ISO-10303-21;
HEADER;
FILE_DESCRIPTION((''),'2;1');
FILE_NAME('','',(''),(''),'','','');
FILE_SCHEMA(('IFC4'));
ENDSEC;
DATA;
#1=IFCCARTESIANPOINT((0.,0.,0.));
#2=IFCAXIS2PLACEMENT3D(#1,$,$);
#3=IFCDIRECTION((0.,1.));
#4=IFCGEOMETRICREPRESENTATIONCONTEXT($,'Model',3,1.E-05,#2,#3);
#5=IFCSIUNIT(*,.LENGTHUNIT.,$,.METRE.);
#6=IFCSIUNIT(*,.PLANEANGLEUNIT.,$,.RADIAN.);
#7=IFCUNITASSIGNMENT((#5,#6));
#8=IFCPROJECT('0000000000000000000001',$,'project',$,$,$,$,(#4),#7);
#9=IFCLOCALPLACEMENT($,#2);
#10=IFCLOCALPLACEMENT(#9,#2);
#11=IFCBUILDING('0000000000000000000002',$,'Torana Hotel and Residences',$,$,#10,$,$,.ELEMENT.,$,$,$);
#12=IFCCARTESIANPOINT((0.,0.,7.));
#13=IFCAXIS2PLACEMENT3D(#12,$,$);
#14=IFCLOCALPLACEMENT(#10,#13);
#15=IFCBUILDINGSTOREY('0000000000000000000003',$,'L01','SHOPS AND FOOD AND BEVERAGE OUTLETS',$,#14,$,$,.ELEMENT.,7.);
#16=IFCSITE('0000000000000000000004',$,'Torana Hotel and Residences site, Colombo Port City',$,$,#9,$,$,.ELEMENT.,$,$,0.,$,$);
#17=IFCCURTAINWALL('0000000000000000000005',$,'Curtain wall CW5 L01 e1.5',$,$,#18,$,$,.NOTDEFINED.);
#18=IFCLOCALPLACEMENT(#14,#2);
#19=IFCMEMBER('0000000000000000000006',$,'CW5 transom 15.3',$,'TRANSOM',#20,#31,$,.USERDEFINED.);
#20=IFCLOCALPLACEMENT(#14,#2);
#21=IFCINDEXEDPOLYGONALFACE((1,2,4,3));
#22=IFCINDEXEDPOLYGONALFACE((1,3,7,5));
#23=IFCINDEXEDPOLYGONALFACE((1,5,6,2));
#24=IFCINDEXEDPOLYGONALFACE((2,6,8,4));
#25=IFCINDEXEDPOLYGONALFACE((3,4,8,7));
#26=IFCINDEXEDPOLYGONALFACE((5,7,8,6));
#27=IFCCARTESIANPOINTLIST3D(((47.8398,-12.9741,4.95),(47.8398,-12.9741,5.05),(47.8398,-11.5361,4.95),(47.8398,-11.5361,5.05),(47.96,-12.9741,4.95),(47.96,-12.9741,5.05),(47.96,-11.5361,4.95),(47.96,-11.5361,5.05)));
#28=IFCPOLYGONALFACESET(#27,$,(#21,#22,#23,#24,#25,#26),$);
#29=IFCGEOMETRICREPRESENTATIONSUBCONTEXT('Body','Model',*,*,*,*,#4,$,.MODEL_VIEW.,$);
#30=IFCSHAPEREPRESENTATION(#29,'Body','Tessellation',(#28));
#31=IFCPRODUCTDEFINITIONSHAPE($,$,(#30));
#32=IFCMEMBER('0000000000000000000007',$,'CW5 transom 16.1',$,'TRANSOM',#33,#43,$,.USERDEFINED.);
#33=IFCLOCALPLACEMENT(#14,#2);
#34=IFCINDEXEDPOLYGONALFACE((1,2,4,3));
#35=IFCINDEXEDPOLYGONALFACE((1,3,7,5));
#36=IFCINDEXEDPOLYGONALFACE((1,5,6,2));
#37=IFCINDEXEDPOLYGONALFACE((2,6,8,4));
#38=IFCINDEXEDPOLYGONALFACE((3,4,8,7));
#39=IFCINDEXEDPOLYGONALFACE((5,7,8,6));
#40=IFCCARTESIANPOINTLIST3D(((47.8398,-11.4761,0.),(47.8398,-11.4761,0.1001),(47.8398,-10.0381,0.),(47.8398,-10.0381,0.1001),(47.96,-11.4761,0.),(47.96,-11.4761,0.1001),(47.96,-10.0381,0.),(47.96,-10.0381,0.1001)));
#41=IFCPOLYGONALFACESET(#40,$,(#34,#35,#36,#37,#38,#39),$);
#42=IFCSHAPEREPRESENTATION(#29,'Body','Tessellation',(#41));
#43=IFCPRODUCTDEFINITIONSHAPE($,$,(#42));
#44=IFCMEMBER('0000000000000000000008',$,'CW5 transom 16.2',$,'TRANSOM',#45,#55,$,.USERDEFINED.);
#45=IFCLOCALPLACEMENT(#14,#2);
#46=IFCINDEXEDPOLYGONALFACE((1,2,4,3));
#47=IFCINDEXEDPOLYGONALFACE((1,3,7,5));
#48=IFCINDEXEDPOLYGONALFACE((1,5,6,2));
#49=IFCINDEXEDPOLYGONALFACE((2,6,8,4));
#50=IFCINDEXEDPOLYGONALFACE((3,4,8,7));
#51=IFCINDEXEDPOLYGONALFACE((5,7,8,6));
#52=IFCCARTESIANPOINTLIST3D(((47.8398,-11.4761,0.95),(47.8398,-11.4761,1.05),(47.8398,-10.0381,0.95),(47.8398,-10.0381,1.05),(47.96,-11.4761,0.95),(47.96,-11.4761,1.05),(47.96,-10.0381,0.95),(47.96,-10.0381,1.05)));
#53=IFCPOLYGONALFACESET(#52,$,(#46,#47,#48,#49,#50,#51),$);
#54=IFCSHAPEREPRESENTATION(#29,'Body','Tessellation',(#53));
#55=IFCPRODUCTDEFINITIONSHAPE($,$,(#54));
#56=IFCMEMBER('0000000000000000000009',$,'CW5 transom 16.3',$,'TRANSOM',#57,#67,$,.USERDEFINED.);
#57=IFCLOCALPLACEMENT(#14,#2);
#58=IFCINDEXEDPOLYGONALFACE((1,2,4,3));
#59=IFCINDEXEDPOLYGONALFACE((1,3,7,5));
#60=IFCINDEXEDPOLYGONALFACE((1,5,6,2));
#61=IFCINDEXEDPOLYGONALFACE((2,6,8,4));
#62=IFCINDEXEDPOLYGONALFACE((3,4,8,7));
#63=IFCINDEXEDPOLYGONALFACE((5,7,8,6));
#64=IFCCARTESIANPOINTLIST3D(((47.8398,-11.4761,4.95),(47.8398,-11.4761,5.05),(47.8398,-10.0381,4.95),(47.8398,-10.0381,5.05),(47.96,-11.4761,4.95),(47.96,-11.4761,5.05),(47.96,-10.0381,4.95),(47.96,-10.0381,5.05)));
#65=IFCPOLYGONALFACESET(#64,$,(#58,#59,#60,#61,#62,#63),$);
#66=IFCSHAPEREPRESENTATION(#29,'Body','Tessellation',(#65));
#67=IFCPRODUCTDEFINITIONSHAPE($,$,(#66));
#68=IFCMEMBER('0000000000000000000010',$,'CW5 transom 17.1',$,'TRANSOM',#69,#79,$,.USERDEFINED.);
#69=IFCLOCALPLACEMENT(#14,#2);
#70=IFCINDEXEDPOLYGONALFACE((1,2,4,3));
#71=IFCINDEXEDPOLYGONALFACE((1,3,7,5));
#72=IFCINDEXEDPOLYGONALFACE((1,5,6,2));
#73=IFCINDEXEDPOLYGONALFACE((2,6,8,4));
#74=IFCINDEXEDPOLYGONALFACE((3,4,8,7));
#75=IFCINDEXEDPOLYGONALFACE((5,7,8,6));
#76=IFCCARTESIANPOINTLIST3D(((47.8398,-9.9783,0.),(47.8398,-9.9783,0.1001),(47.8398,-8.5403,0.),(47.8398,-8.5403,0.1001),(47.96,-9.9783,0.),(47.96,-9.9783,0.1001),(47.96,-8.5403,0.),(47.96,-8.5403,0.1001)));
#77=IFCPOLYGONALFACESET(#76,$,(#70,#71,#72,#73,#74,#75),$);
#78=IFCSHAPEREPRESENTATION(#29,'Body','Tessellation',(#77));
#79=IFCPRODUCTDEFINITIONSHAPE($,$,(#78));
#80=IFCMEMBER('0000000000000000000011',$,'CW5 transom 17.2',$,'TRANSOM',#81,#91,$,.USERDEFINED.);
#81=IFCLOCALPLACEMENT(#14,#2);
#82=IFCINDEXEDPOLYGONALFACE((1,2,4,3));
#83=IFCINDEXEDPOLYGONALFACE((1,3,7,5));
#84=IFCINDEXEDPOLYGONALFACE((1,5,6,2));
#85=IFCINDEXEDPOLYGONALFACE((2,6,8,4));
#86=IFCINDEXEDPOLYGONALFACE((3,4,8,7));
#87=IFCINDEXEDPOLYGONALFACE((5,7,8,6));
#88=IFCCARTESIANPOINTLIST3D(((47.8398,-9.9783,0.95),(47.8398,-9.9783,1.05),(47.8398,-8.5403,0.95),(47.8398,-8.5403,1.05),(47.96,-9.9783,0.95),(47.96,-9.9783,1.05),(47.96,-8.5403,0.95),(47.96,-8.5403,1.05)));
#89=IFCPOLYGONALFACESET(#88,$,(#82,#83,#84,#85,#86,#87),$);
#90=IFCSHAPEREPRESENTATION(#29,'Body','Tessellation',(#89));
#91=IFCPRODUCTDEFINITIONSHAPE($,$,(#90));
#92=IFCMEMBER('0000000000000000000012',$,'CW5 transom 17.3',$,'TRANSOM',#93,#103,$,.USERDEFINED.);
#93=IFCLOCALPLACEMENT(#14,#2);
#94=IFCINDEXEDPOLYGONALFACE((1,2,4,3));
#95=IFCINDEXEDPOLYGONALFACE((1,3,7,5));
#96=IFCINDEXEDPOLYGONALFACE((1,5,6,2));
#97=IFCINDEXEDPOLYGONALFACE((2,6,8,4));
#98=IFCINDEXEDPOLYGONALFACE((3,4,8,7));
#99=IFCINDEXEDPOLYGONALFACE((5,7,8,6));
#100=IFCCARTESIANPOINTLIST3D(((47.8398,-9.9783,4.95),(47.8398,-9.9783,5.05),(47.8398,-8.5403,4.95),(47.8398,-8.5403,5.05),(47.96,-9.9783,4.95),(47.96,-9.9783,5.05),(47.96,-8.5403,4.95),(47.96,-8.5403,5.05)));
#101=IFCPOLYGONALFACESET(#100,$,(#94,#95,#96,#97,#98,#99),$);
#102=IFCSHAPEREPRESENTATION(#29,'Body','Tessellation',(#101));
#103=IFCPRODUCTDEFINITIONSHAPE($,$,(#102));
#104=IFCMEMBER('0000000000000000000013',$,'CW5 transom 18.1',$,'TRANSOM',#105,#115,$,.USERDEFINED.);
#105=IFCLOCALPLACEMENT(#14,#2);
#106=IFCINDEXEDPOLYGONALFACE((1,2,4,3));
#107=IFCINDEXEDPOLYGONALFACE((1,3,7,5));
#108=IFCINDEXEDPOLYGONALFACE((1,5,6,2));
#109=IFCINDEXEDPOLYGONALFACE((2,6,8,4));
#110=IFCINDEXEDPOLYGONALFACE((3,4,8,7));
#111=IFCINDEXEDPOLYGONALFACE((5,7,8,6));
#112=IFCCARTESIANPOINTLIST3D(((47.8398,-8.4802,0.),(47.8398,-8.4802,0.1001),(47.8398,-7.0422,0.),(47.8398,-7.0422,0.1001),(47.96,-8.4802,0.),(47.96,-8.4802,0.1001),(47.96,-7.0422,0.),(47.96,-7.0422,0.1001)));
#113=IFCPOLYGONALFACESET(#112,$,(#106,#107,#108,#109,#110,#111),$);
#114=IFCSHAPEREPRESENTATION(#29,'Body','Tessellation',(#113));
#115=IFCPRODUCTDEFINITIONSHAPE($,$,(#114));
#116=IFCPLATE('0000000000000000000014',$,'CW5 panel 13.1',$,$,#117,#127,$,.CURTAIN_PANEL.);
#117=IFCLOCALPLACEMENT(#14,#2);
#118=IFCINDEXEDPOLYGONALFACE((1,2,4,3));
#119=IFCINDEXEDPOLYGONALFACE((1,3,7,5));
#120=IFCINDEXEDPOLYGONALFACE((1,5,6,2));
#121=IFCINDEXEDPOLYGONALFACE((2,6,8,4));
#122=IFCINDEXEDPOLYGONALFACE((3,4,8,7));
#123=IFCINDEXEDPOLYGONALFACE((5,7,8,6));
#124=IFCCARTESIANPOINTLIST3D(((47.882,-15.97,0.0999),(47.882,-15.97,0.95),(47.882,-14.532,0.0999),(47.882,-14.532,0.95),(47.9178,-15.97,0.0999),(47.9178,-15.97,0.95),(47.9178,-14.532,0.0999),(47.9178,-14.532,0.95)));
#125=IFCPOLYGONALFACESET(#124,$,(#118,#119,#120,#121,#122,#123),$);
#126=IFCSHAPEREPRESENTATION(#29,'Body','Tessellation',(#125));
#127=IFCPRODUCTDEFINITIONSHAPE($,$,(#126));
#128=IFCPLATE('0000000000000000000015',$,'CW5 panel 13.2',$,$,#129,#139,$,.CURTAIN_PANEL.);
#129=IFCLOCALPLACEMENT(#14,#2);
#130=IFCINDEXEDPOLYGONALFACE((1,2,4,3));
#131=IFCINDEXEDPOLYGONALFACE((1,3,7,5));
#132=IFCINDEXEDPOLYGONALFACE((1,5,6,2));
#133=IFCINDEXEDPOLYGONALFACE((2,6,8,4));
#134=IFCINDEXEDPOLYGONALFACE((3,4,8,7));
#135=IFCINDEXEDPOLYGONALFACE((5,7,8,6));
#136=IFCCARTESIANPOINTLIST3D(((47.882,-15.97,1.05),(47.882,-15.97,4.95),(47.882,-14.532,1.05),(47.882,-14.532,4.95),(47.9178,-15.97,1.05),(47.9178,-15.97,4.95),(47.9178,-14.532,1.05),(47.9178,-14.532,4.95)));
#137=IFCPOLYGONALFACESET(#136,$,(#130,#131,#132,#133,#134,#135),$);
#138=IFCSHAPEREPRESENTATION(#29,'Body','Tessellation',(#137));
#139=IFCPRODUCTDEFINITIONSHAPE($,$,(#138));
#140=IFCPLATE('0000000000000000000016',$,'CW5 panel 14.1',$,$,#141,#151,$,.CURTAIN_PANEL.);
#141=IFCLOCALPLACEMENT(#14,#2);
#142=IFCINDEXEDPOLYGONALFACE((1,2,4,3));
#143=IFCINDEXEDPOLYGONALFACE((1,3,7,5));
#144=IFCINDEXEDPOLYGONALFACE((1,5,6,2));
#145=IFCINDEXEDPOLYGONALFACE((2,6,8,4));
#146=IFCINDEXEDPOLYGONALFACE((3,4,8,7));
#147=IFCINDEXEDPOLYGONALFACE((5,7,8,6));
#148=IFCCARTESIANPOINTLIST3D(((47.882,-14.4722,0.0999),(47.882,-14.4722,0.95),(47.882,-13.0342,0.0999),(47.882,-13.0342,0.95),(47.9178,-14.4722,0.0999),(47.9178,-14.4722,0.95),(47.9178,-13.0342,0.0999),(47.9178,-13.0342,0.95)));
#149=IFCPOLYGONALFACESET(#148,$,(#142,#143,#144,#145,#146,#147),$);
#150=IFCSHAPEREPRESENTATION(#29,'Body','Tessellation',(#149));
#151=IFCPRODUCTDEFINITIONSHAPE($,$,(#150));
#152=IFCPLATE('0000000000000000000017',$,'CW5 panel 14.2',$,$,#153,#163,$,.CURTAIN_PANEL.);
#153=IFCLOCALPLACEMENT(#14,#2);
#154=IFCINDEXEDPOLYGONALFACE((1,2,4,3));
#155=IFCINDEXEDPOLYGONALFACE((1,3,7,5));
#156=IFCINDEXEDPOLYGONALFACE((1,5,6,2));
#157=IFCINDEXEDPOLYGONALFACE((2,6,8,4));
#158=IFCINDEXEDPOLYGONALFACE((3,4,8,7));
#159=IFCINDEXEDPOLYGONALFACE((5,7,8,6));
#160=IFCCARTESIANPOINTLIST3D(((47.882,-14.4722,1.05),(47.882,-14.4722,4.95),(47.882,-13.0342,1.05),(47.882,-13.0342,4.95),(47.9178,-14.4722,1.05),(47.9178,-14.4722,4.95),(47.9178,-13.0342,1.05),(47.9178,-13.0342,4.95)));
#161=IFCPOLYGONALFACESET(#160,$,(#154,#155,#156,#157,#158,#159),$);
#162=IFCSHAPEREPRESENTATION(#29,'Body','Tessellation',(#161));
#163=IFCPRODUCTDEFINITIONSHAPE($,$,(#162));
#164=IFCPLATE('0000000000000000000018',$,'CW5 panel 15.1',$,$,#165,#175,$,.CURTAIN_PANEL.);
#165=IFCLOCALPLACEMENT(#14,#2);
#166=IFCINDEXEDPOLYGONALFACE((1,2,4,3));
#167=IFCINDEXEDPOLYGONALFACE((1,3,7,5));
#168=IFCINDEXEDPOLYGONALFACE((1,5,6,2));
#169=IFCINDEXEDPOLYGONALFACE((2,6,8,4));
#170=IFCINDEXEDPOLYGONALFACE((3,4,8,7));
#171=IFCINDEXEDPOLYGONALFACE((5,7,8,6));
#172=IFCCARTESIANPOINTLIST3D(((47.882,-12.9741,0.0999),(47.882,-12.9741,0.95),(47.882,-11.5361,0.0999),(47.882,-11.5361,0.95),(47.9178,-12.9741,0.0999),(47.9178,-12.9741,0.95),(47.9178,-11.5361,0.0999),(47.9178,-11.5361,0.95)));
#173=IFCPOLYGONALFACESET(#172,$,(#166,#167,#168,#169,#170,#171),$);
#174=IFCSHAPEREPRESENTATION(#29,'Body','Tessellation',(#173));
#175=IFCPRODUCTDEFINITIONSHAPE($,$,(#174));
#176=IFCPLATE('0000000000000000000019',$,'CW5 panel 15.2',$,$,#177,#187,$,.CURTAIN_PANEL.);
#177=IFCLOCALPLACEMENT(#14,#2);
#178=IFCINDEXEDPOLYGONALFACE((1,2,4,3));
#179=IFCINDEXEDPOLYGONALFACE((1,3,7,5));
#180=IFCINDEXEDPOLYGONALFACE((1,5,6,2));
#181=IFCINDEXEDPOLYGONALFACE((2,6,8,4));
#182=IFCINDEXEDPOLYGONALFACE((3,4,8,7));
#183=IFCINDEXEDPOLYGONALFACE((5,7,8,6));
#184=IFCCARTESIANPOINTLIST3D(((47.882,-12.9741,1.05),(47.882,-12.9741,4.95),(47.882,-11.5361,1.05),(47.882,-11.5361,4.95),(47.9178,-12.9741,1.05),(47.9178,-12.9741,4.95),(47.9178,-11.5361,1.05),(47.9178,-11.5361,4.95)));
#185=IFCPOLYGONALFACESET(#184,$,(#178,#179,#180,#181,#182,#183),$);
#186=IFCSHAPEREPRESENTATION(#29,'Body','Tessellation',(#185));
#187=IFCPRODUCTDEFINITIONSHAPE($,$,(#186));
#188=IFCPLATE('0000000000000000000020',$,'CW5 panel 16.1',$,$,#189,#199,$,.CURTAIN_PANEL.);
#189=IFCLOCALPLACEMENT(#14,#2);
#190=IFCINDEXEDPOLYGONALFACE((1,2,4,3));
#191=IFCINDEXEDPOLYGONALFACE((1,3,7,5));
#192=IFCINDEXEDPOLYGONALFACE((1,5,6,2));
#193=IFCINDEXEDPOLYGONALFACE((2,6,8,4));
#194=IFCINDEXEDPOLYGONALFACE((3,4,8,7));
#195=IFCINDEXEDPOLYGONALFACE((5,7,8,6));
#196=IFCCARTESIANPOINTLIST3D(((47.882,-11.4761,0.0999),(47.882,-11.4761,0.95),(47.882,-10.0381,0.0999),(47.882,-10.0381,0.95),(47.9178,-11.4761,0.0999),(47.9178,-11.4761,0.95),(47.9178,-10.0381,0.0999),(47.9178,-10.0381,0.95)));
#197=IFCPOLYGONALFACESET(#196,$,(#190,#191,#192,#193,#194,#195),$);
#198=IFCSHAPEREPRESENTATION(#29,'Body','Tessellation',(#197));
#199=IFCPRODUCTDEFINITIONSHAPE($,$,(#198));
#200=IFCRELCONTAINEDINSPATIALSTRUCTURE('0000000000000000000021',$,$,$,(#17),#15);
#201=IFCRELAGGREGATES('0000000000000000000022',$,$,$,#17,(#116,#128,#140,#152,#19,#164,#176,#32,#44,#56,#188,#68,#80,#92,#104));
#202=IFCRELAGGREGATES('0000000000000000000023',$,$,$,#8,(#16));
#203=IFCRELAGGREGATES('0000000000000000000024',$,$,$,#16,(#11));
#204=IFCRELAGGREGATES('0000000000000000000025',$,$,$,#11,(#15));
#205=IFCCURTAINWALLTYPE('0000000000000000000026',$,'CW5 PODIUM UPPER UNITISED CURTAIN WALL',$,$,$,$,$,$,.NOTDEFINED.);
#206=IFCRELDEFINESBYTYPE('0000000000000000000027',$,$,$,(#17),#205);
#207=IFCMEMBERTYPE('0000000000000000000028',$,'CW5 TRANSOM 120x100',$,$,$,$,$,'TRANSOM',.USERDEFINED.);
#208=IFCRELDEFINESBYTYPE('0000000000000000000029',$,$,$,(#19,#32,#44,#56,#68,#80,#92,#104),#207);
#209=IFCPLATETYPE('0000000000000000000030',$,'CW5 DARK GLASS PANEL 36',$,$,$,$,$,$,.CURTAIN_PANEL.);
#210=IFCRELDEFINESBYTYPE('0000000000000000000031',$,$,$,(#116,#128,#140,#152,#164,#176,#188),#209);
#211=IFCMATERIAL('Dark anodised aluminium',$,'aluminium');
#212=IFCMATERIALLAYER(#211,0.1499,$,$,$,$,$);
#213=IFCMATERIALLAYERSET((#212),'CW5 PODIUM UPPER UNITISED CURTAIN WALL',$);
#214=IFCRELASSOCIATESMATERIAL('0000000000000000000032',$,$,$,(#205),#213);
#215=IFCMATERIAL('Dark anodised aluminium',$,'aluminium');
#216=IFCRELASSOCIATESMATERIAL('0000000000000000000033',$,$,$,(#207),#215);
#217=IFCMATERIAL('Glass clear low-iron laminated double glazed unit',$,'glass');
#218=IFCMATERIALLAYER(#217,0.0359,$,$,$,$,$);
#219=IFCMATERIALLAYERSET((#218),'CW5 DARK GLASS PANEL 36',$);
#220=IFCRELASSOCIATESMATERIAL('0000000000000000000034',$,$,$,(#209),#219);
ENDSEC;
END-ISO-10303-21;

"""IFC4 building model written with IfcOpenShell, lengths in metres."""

from ifc_helpers import new_model, si_unit, direction, frame, origin, origin_2d, place, context, subcontext, project, spatial, rectangle, extrude, material, layer, layer_set, material_profile, profile_set, type_object, element, aggregate, save


model = new_model("IFC4")

# Units and contexts
model_context = context("Model", 3, precision=1e-05, world=origin(), true_north=direction((0.0, 1.0)))
body_context = subcontext(model_context, "Body", "Model", "MODEL_VIEW")
ifc_project = project(units=[si_unit("LENGTHUNIT", "METRE"), si_unit("PLANEANGLEUNIT", "RADIAN")], contexts=[model_context])

# Site, building, storey
site_placement = place(None, origin())
site = spatial("IfcSite", under=ifc_project, at=site_placement, Name="Torana Hotel and Residences site, Colombo Port City", CompositionType="ELEMENT", RefElevation=0.0)
building_placement = place(site_placement, origin())
building = spatial("IfcBuilding", under=site, at=building_placement, Name="Torana Hotel and Residences", CompositionType="ELEMENT")
storey_placement = place(building_placement, frame((0.0, 0.0, 7.0)))
storey = spatial("IfcBuildingStorey", under=building, at=storey_placement, Name="L01", Description="SHOPS AND FOOD AND BEVERAGE OUTLETS", CompositionType="ELEMENT", Elevation=7.0)

# Curtain wall, members, plates
ifc_material_1 = material(Name="Dark anodised aluminium", Category="aluminium")
ifc_layer_1 = layer(ifc_material_1, 0.1499)
ifc_layer_set_1 = layer_set([ifc_layer_1], Name="CW5 PODIUM UPPER UNITISED CURTAIN WALL")
curtain_wall_type = type_object("IfcCurtainWallType", Name="CW5 PODIUM UPPER UNITISED CURTAIN WALL", PredefinedType="NOTDEFINED", material=ifc_layer_set_1)
curtain_wall_placement = place(storey_placement, origin())
curtain_wall = element("IfcCurtainWall", 1, at=curtain_wall_placement, inside=storey, type_object=curtain_wall_type, Name="Curtain wall CW5 L01 e1.5", PredefinedType="NOTDEFINED")
ifc_material_2 = material(Name="Dark anodised aluminium", Category="aluminium")
ifc_material_profile_1 = material_profile(ifc_material_2, rectangle(XDim=0.1201, YDim=0.1001, at=origin_2d()), Name="CW5 TRANSOM 120x100")
ifc_profile_set_1 = profile_set([ifc_material_profile_1], Name="Dark anodised aluminium")
member_type_1 = type_object("IfcMemberType", Name="CW5 TRANSOM 120x100", ElementType="TRANSOM", PredefinedType="USERDEFINED", material=ifc_profile_set_1)
member_1_placement = place(storey_placement, frame((47.8999, -12.9741, 5.0), z_axis=(0.0, 1.0, 0.0), x_axis=(-1.0, 0.0, 0.0)))
member_1 = element("IfcMember", 2, at=member_1_placement, type_object=member_type_1, Name="CW5 transom 15.3", ObjectType="TRANSOM", PredefinedType="USERDEFINED", context=body_context, shape_type="SweptSolid", body=[
    extrude(rectangle(XDim=0.1201, YDim=0.1001, at=origin_2d()), origin(), (0.0, 0.0, 1.0), 1.438),
])
member_2_placement = place(storey_placement, frame((47.8999, -11.4761, 0.05), z_axis=(0.0, 1.0, 0.0), x_axis=(-1.0, 0.0, 0.0)))
member_2 = element("IfcMember", 3, at=member_2_placement, type_object=member_type_1, Name="CW5 transom 16.1", ObjectType="TRANSOM", PredefinedType="USERDEFINED", context=body_context, shape_type="SweptSolid", body=[
    extrude(rectangle(XDim=0.1201, YDim=0.1001, at=origin_2d()), origin(), (0.0, 0.0, 1.0), 1.438),
])
member_3_placement = place(storey_placement, frame((47.8999, -11.4761, 1.0), z_axis=(0.0, 1.0, 0.0), x_axis=(-1.0, 0.0, 0.0)))
member_3 = element("IfcMember", 4, at=member_3_placement, type_object=member_type_1, Name="CW5 transom 16.2", ObjectType="TRANSOM", PredefinedType="USERDEFINED", context=body_context, shape_type="SweptSolid", body=[
    extrude(rectangle(XDim=0.1201, YDim=0.1001, at=origin_2d()), origin(), (0.0, 0.0, 1.0), 1.438),
])
member_4_placement = place(storey_placement, frame((47.8999, -11.4761, 5.0), z_axis=(0.0, 1.0, 0.0), x_axis=(-1.0, 0.0, 0.0)))
member_4 = element("IfcMember", 5, at=member_4_placement, type_object=member_type_1, Name="CW5 transom 16.3", ObjectType="TRANSOM", PredefinedType="USERDEFINED", context=body_context, shape_type="SweptSolid", body=[
    extrude(rectangle(XDim=0.1201, YDim=0.1001, at=origin_2d()), origin(), (0.0, 0.0, 1.0), 1.438),
])
member_5_placement = place(storey_placement, frame((47.8999, -9.9783, 0.05), z_axis=(0.0, 1.0, 0.0), x_axis=(-1.0, 0.0, 0.0)))
member_5 = element("IfcMember", 6, at=member_5_placement, type_object=member_type_1, Name="CW5 transom 17.1", ObjectType="TRANSOM", PredefinedType="USERDEFINED", context=body_context, shape_type="SweptSolid", body=[
    extrude(rectangle(XDim=0.1201, YDim=0.1001, at=origin_2d()), origin(), (0.0, 0.0, 1.0), 1.438),
])
member_6_placement = place(storey_placement, frame((47.8999, -9.9783, 1.0), z_axis=(0.0, 1.0, 0.0), x_axis=(-1.0, 0.0, 0.0)))
member_6 = element("IfcMember", 7, at=member_6_placement, type_object=member_type_1, Name="CW5 transom 17.2", ObjectType="TRANSOM", PredefinedType="USERDEFINED", context=body_context, shape_type="SweptSolid", body=[
    extrude(rectangle(XDim=0.1201, YDim=0.1001, at=origin_2d()), origin(), (0.0, 0.0, 1.0), 1.438),
])
member_7_placement = place(storey_placement, frame((47.8999, -9.9783, 5.0), z_axis=(0.0, 1.0, 0.0), x_axis=(-1.0, 0.0, 0.0)))
member_7 = element("IfcMember", 8, at=member_7_placement, type_object=member_type_1, Name="CW5 transom 17.3", ObjectType="TRANSOM", PredefinedType="USERDEFINED", context=body_context, shape_type="SweptSolid", body=[
    extrude(rectangle(XDim=0.1201, YDim=0.1001, at=origin_2d()), origin(), (0.0, 0.0, 1.0), 1.438),
])
member_8_placement = place(storey_placement, frame((47.8999, -8.4802, 0.05), z_axis=(0.0, 1.0, 0.0), x_axis=(-1.0, 0.0, 0.0)))
member_8 = element("IfcMember", 9, at=member_8_placement, type_object=member_type_1, Name="CW5 transom 18.1", ObjectType="TRANSOM", PredefinedType="USERDEFINED", context=body_context, shape_type="SweptSolid", body=[
    extrude(rectangle(XDim=0.1201, YDim=0.1001, at=origin_2d()), origin(), (0.0, 0.0, 1.0), 1.438),
])
ifc_material_3 = material(Name="Glass clear low-iron laminated double glazed unit", Category="glass")
ifc_layer_2 = layer(ifc_material_3, 0.0359)
ifc_layer_set_2 = layer_set([ifc_layer_2], Name="CW5 DARK GLASS PANEL 36")
plate_type = type_object("IfcPlateType", Name="CW5 DARK GLASS PANEL 36", PredefinedType="CURTAIN_PANEL", material=ifc_layer_set_2)
plate_1_placement = place(storey_placement, frame((47.8999, -15.251, 0.0999), z_axis=(0.0, 0.0, 1.0), x_axis=(0.0, 1.0, 0.0)))
plate_1 = element("IfcPlate", 10, at=plate_1_placement, type_object=plate_type, Name="CW5 panel 13.1", PredefinedType="CURTAIN_PANEL", context=body_context, shape_type="SweptSolid", body=[
    extrude(rectangle(XDim=1.438, YDim=0.0359, at=origin_2d()), origin(), (0.0, 0.0, 1.0), 0.8501),
])
plate_2_placement = place(storey_placement, frame((47.8999, -15.251, 1.05), z_axis=(0.0, 0.0, 1.0), x_axis=(0.0, 1.0, 0.0)))
plate_2 = element("IfcPlate", 11, at=plate_2_placement, type_object=plate_type, Name="CW5 panel 13.2", PredefinedType="CURTAIN_PANEL", context=body_context, shape_type="SweptSolid", body=[
    extrude(rectangle(XDim=1.438, YDim=0.0359, at=origin_2d()), origin(), (0.0, 0.0, 1.0), 3.8999),
])
plate_3_placement = place(storey_placement, frame((47.8999, -13.7532, 0.0999), z_axis=(0.0, 0.0, 1.0), x_axis=(0.0, 1.0, 0.0)))
plate_3 = element("IfcPlate", 12, at=plate_3_placement, type_object=plate_type, Name="CW5 panel 14.1", PredefinedType="CURTAIN_PANEL", context=body_context, shape_type="SweptSolid", body=[
    extrude(rectangle(XDim=1.438, YDim=0.0359, at=origin_2d()), origin(), (0.0, 0.0, 1.0), 0.8501),
])
plate_4_placement = place(storey_placement, frame((47.8999, -13.7532, 1.05), z_axis=(0.0, 0.0, 1.0), x_axis=(0.0, 1.0, 0.0)))
plate_4 = element("IfcPlate", 13, at=plate_4_placement, type_object=plate_type, Name="CW5 panel 14.2", PredefinedType="CURTAIN_PANEL", context=body_context, shape_type="SweptSolid", body=[
    extrude(rectangle(XDim=1.438, YDim=0.0359, at=origin_2d()), origin(), (0.0, 0.0, 1.0), 3.8999),
])
plate_5_placement = place(storey_placement, frame((47.8999, -12.2551, 0.0999), z_axis=(0.0, 0.0, 1.0), x_axis=(0.0, 1.0, 0.0)))
plate_5 = element("IfcPlate", 14, at=plate_5_placement, type_object=plate_type, Name="CW5 panel 15.1", PredefinedType="CURTAIN_PANEL", context=body_context, shape_type="SweptSolid", body=[
    extrude(rectangle(XDim=1.438, YDim=0.0359, at=origin_2d()), origin(), (0.0, 0.0, 1.0), 0.8501),
])
plate_6_placement = place(storey_placement, frame((47.8999, -12.2551, 1.05), z_axis=(0.0, 0.0, 1.0), x_axis=(0.0, 1.0, 0.0)))
plate_6 = element("IfcPlate", 15, at=plate_6_placement, type_object=plate_type, Name="CW5 panel 15.2", PredefinedType="CURTAIN_PANEL", context=body_context, shape_type="SweptSolid", body=[
    extrude(rectangle(XDim=1.438, YDim=0.0359, at=origin_2d()), origin(), (0.0, 0.0, 1.0), 3.8999),
])
plate_7_placement = place(storey_placement, frame((47.8999, -10.7571, 0.0999), z_axis=(0.0, 0.0, 1.0), x_axis=(0.0, 1.0, 0.0)))
plate_7 = element("IfcPlate", 16, at=plate_7_placement, type_object=plate_type, Name="CW5 panel 16.1", PredefinedType="CURTAIN_PANEL", context=body_context, shape_type="SweptSolid", body=[
    extrude(rectangle(XDim=1.438, YDim=0.0359, at=origin_2d()), origin(), (0.0, 0.0, 1.0), 0.8501),
])
aggregate(curtain_wall, [plate_1, plate_2, plate_3, plate_4, member_1, plate_5, plate_6, member_2, member_3, member_4, plate_7, member_5, member_6, member_7, member_8])

save(model, "model.ifc")
